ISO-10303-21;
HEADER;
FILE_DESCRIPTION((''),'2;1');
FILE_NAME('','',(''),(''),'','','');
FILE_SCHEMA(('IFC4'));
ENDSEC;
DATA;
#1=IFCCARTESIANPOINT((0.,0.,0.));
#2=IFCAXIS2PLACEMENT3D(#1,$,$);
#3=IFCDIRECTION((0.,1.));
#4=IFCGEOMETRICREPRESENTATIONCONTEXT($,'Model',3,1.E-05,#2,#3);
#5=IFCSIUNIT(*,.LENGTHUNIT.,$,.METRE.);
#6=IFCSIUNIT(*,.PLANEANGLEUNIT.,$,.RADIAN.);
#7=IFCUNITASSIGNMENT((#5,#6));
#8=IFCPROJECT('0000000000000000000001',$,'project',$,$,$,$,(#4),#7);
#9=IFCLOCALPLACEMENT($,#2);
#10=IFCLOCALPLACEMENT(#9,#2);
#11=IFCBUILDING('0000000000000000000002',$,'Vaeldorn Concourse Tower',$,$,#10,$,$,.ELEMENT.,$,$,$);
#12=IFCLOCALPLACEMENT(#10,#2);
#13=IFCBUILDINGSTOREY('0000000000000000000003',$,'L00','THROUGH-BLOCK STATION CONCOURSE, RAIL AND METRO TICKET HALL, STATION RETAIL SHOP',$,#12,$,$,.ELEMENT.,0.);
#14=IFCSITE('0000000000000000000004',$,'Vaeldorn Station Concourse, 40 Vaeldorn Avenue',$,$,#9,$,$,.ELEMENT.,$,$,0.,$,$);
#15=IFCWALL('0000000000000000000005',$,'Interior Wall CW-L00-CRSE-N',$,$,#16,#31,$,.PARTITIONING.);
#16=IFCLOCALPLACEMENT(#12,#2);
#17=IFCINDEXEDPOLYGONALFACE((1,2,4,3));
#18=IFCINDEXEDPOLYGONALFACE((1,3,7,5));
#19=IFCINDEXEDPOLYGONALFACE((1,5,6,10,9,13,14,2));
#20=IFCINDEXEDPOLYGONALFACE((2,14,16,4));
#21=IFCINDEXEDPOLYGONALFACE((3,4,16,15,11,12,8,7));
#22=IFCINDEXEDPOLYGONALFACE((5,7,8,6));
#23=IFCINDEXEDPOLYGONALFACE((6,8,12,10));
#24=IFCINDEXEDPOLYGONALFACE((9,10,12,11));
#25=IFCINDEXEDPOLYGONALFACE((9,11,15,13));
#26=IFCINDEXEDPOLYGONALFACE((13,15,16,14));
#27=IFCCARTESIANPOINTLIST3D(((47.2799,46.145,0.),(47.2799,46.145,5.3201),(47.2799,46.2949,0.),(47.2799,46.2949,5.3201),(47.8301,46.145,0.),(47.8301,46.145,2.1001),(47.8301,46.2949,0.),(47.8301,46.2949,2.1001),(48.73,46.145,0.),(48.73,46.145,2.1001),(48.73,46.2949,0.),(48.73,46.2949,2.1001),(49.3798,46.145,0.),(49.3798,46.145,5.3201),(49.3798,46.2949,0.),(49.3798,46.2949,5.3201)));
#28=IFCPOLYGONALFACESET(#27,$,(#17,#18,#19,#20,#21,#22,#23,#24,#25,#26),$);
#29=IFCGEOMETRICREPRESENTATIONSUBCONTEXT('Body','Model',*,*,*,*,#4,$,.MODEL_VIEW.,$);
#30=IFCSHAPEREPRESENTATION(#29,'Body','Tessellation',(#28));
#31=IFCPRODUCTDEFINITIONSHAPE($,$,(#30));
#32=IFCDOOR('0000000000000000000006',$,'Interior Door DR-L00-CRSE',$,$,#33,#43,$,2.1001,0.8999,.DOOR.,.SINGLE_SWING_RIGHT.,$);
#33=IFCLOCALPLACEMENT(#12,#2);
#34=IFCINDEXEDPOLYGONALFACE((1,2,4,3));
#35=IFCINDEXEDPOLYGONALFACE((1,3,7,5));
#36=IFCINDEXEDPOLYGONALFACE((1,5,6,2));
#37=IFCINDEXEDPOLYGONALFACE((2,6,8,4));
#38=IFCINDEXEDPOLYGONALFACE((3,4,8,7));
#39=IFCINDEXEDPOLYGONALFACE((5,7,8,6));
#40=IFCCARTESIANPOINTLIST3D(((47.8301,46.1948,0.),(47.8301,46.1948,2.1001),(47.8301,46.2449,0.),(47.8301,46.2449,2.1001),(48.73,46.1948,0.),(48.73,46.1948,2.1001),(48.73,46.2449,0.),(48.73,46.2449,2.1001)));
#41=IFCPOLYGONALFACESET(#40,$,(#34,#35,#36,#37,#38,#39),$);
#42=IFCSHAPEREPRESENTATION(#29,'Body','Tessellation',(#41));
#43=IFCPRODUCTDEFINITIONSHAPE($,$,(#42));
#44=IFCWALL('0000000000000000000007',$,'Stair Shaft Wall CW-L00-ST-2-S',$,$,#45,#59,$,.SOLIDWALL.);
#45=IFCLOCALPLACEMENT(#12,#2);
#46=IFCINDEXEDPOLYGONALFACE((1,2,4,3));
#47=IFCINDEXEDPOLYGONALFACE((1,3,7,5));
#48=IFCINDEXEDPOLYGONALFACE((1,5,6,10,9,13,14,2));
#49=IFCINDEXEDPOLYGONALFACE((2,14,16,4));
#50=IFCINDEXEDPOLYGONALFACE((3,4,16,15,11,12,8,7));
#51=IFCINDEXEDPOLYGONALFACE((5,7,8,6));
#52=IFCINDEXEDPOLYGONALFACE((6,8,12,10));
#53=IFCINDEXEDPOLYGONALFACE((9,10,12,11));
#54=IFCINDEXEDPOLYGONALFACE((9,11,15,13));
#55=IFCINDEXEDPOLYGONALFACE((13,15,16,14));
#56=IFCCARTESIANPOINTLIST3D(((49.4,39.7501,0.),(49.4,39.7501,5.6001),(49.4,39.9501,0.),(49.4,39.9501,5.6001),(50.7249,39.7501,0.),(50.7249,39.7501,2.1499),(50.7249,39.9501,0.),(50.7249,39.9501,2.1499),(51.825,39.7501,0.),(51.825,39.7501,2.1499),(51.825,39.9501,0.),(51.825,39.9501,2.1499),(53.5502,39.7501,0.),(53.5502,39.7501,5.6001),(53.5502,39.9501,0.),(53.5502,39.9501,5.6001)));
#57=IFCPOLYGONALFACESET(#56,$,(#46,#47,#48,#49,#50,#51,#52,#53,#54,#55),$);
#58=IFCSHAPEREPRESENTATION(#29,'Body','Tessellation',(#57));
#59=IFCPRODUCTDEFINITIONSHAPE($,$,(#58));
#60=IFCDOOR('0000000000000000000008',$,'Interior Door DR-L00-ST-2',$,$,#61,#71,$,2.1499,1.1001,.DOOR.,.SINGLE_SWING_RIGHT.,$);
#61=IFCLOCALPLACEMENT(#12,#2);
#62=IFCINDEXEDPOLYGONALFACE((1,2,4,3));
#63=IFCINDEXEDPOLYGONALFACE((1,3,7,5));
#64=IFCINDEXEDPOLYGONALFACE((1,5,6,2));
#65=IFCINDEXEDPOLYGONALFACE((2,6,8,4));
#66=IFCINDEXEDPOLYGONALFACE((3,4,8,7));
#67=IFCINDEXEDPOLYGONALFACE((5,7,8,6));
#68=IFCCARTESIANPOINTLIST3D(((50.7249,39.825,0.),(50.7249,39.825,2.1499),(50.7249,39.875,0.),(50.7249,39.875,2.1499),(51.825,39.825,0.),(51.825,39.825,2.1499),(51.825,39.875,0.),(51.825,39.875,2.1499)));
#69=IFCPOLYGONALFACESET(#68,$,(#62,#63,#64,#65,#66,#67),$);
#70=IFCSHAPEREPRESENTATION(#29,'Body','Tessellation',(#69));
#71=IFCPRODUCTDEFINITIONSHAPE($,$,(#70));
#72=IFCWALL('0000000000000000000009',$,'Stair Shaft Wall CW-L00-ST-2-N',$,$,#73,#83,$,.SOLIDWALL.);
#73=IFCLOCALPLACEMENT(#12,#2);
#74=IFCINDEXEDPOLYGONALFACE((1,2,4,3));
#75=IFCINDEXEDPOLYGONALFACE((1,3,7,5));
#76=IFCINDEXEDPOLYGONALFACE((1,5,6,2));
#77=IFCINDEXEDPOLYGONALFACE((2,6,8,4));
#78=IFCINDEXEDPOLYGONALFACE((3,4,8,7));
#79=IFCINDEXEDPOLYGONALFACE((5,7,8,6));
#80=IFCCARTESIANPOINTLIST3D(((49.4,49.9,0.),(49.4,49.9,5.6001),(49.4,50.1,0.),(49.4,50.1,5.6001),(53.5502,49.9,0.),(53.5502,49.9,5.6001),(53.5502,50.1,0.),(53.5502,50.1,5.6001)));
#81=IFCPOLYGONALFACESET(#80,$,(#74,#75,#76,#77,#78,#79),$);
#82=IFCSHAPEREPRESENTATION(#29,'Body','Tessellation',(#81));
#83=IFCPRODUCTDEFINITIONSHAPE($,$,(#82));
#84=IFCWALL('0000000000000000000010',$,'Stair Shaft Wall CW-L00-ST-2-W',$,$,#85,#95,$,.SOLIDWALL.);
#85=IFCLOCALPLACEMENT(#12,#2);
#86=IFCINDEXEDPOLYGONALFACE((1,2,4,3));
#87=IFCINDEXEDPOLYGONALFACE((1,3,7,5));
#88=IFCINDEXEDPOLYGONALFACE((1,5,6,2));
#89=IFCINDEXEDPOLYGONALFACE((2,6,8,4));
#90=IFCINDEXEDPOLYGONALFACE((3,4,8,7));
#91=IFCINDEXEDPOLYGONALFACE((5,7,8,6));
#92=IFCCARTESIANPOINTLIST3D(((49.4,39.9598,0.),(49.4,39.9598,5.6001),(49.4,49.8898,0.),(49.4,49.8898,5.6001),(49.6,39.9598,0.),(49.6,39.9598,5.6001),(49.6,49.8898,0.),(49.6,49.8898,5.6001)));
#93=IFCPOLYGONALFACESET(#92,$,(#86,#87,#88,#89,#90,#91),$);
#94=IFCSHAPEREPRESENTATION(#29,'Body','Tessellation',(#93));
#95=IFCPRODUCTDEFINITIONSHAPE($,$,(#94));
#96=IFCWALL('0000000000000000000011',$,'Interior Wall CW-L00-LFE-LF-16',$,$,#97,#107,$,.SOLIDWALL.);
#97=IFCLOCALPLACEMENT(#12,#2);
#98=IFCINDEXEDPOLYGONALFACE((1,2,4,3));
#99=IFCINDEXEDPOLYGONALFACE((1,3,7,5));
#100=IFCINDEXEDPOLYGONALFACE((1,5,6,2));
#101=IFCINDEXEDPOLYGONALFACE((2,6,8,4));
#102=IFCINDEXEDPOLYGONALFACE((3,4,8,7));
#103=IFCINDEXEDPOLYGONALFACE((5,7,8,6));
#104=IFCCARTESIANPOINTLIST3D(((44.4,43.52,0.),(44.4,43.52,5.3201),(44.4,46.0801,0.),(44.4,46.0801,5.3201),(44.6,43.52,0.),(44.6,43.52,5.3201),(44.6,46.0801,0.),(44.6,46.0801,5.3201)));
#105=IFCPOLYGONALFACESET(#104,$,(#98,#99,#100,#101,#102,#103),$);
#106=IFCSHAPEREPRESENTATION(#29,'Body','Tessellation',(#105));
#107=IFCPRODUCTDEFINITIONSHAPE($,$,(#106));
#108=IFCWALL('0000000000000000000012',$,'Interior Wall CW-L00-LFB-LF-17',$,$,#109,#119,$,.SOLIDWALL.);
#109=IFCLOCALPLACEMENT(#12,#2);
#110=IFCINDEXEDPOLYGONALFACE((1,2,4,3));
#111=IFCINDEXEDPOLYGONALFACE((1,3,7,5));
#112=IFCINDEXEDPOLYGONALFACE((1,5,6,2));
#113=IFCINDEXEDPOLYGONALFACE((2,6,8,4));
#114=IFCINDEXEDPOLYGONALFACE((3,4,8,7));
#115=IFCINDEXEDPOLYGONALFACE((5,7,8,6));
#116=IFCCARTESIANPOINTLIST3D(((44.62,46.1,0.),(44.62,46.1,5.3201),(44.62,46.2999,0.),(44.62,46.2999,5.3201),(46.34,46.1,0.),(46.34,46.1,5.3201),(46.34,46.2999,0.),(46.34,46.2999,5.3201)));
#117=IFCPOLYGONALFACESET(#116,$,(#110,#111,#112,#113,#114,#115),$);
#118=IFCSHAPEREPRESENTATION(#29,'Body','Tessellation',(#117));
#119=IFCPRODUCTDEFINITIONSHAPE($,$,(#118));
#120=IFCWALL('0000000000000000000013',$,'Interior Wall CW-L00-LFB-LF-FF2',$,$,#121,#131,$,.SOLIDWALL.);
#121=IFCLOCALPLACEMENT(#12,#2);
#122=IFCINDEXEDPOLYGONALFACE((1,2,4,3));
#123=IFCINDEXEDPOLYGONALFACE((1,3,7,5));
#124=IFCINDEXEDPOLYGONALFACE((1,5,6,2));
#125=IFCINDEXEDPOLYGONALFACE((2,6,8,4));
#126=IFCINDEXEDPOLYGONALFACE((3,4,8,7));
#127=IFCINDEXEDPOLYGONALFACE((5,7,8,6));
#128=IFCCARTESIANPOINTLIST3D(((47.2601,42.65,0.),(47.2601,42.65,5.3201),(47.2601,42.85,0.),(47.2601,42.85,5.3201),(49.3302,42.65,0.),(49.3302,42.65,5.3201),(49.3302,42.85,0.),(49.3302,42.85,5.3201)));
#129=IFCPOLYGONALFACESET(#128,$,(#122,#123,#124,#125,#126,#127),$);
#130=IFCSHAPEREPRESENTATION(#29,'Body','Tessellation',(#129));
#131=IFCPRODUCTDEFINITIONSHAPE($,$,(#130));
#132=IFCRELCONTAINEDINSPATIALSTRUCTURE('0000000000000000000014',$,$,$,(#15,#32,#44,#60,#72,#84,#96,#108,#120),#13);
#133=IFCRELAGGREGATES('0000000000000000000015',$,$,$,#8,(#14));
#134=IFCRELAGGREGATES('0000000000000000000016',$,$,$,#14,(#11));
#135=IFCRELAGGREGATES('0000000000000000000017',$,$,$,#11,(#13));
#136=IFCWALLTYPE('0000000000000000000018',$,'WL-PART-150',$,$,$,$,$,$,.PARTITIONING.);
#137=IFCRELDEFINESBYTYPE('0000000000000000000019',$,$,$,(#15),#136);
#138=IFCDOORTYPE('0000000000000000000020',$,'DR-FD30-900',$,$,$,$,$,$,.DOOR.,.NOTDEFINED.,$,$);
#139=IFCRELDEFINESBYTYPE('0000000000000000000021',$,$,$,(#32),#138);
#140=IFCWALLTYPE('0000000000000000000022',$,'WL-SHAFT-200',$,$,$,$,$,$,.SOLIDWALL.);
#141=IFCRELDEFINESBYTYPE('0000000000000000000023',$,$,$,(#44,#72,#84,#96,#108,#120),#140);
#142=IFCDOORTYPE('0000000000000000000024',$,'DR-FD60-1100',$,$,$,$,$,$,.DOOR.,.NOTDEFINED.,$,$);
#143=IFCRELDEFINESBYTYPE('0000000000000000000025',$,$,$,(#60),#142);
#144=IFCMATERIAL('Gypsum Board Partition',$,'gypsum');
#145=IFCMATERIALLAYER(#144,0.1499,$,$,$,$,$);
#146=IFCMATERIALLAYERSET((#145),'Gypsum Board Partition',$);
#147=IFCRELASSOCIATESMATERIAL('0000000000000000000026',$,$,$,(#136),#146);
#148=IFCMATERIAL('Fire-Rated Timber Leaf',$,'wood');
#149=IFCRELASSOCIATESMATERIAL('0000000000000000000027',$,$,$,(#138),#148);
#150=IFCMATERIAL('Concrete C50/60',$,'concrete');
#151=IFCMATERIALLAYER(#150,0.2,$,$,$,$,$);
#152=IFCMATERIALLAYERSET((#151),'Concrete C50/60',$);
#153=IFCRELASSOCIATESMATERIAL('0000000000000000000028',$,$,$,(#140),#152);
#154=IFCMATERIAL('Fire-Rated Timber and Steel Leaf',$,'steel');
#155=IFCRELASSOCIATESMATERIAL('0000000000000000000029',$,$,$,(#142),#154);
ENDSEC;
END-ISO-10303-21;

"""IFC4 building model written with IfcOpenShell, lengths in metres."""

from ifc_helpers import new_model, si_unit, direction, frame, frame_2d, origin, place, context, subcontext, project, spatial, rectangle, extrude, source, transform, mapped, material, layer, layer_set, type_object, element, fill, save


model = new_model("IFC4")

# Units and contexts
model_context = context("Model", 3, precision=1e-05, world=origin(), true_north=direction((0.0, 1.0)))
body_context = subcontext(model_context, "Body", "Model", "MODEL_VIEW")
ifc_project = project(units=[si_unit("LENGTHUNIT", "METRE"), si_unit("PLANEANGLEUNIT", "RADIAN")], contexts=[model_context])

# Site, building, storey
site_placement = place(None, origin())
site = spatial("IfcSite", under=ifc_project, at=site_placement, Name="Vaeldorn Station Concourse, 40 Vaeldorn Avenue", CompositionType="ELEMENT", RefElevation=0.0)
building_placement = place(site_placement, origin())
building = spatial("IfcBuilding", under=site, at=building_placement, Name="Vaeldorn Concourse Tower", CompositionType="ELEMENT")
storey_placement = place(building_placement, origin())
storey = spatial("IfcBuildingStorey", under=building, at=storey_placement, Name="L00", Description="THROUGH-BLOCK STATION CONCOURSE, RAIL AND METRO TICKET HALL, STATION RETAIL SHOP", CompositionType="ELEMENT", Elevation=0.0)

# Walls, openings, doors
ifc_material_1 = material(Name="Gypsum Board Partition", Category="gypsum")
ifc_layer_1 = layer(ifc_material_1, 0.1499)
ifc_layer_set_1 = layer_set([ifc_layer_1], Name="Gypsum Board Partition")
wall_type_1 = type_object("IfcWallType", Name="WL-PART-150", PredefinedType="PARTITIONING", material=ifc_layer_set_1)
wall_1_placement = place(storey_placement, frame((47.28, 46.22, 0.0), z_axis=(0.0, 0.0, 1.0), x_axis=(1.0, 0.0, 0.0)))
wall_1 = element("IfcWall", 1, at=wall_1_placement, inside=storey, type_object=wall_type_1, Name="Interior Wall CW-L00-CRSE-N", PredefinedType="PARTITIONING", context=body_context, shape_type="SweptSolid", body=[
    extrude(rectangle(XDim=2.0999, YDim=0.1499, at=frame_2d((1.0498, 0.0))), origin(), (0.0, 0.0, 1.0), 5.3201),
])
opening_1_placement = place(wall_1_placement, frame((0.55, 0.0, 0.0)))
opening_1 = element("IfcOpeningElement", 2, at=opening_1_placement, cuts=wall_1, PredefinedType="OPENING", context=body_context, shape_type="SweptSolid", body=[
    extrude(rectangle(XDim=0.8999, YDim=2.1001, at=frame_2d((0.45, 1.05))), frame((0.0, 0.085, 0.0), z_axis=(0.0, -1.0, 0.0), x_axis=(1.0, 0.0, 0.0)), (0.0, 0.0, 1.0), 0.1699),
])
ifc_material_2 = material(Name="Fire-Rated Timber Leaf", Category="wood")
door_type_1 = type_object("IfcDoorType", Name="DR-FD30-900", OperationType="NOTDEFINED", PredefinedType="DOOR", material=ifc_material_2)
shared_shape_1 = source(origin(), body_context, "Body", "SweptSolid", [
    extrude(rectangle(XDim=0.8999, YDim=2.1001, at=frame_2d((0.45, 1.05))), frame((0.0, 0.0249, 0.0), z_axis=(0.0, -1.0, 0.0), x_axis=(1.0, 0.0, 0.0)), (0.0, 0.0, 1.0), 0.05),
])
door_1_placement = place(opening_1_placement, origin())
door_1 = element("IfcDoor", 3, at=door_1_placement, inside=storey, type_object=door_type_1, Name="Interior Door DR-L00-CRSE", OperationType="SINGLE_SWING_RIGHT", OverallHeight=2.1001, OverallWidth=0.8999, PredefinedType="DOOR", context=body_context, shape_type="MappedRepresentation", body=[
    mapped(shared_shape_1, transform((0.0, 0.0, 0.0), scale=1.0)),
])
fill(opening_1, door_1)
ifc_material_3 = material(Name="Concrete C50/60", Category="concrete")
ifc_layer_2 = layer(ifc_material_3, 0.2)
ifc_layer_set_2 = layer_set([ifc_layer_2], Name="Concrete C50/60")
wall_type_2 = type_object("IfcWallType", Name="WL-SHAFT-200", PredefinedType="SOLIDWALL", material=ifc_layer_set_2)
wall_2_placement = place(storey_placement, frame((49.3999, 39.8501, 0.0), z_axis=(0.0, 0.0, 1.0), x_axis=(1.0, 0.0, 0.0)))
wall_2 = element("IfcWall", 4, at=wall_2_placement, inside=storey, type_object=wall_type_2, Name="Stair Shaft Wall CW-L00-ST-2-S", PredefinedType="SOLIDWALL", context=body_context, shape_type="SweptSolid", body=[
    extrude(rectangle(XDim=4.1501, YDim=0.2, at=frame_2d((2.0752, 0.0))), origin(), (0.0, 0.0, 1.0), 5.6001),
])
opening_2_placement = place(wall_2_placement, frame((1.325, 0.0, 0.0)))
opening_2 = element("IfcOpeningElement", 5, at=opening_2_placement, cuts=wall_2, PredefinedType="OPENING", context=body_context, shape_type="SweptSolid", body=[
    extrude(rectangle(XDim=1.1001, YDim=2.1499, at=frame_2d((0.55, 1.075))), frame((0.0, 0.1099, 0.0), z_axis=(0.0, -1.0, 0.0), x_axis=(1.0, 0.0, 0.0)), (0.0, 0.0, 1.0), 0.22),
])
ifc_material_4 = material(Name="Fire-Rated Timber and Steel Leaf", Category="steel")
door_type_2 = type_object("IfcDoorType", Name="DR-FD60-1100", OperationType="NOTDEFINED", PredefinedType="DOOR", material=ifc_material_4)
shared_shape_2 = source(origin(), body_context, "Body", "SweptSolid", [
    extrude(rectangle(XDim=1.1001, YDim=2.1499, at=frame_2d((0.55, 1.075))), frame((0.0, 0.0249, 0.0), z_axis=(0.0, -1.0, 0.0), x_axis=(1.0, 0.0, 0.0)), (0.0, 0.0, 1.0), 0.05),
])
door_2_placement = place(opening_2_placement, origin())
door_2 = element("IfcDoor", 6, at=door_2_placement, inside=storey, type_object=door_type_2, Name="Interior Door DR-L00-ST-2", OperationType="SINGLE_SWING_RIGHT", OverallHeight=2.1499, OverallWidth=1.1001, PredefinedType="DOOR", context=body_context, shape_type="MappedRepresentation", body=[
    mapped(shared_shape_2, transform((0.0, 0.0, 0.0), scale=1.0)),
])
fill(opening_2, door_2)

# Walls
wall_3_placement = place(storey_placement, frame((49.3999, 50.0, 0.0), z_axis=(0.0, 0.0, 1.0), x_axis=(1.0, 0.0, 0.0)))
element("IfcWall", 7, at=wall_3_placement, inside=storey, type_object=wall_type_2, Name="Stair Shaft Wall CW-L00-ST-2-N", PredefinedType="SOLIDWALL", context=body_context, shape_type="SweptSolid", body=[
    extrude(rectangle(XDim=4.1501, YDim=0.2, at=frame_2d((2.0752, 0.0))), origin(), (0.0, 0.0, 1.0), 5.6001),
])
wall_4_placement = place(storey_placement, frame((49.5, 39.96, 0.0), z_axis=(0.0, 0.0, 1.0), x_axis=(0.0, 1.0, 0.0)))
element("IfcWall", 8, at=wall_4_placement, inside=storey, type_object=wall_type_2, Name="Stair Shaft Wall CW-L00-ST-2-W", PredefinedType="SOLIDWALL", context=body_context, shape_type="SweptSolid", body=[
    extrude(rectangle(XDim=9.9299, YDim=0.2, at=frame_2d((4.9648, 0.0))), origin(), (0.0, 0.0, 1.0), 5.6001),
])
wall_5_placement = place(storey_placement, frame((44.5, 43.52, 0.0), z_axis=(0.0, 0.0, 1.0), x_axis=(0.0, 1.0, 0.0)))
element("IfcWall", 9, at=wall_5_placement, inside=storey, type_object=wall_type_2, Name="Interior Wall CW-L00-LFE-LF-16", PredefinedType="SOLIDWALL", context=body_context, shape_type="SweptSolid", body=[
    extrude(rectangle(XDim=2.5601, YDim=0.2, at=frame_2d((1.28, 0.0))), origin(), (0.0, 0.0, 1.0), 5.3201),
])

# Wall
wall_6_placement = place(storey_placement, frame((44.6201, 46.2, 0.0), z_axis=(0.0, 0.0, 1.0), x_axis=(1.0, 0.0, 0.0)))
element("IfcWall", 10, at=wall_6_placement, inside=storey, type_object=wall_type_2, Name="Interior Wall CW-L00-LFB-LF-17", PredefinedType="SOLIDWALL", context=body_context, shape_type="SweptSolid", body=[
    extrude(rectangle(XDim=1.72, YDim=0.2, at=frame_2d((0.8599, 0.0))), origin(), (0.0, 0.0, 1.0), 5.3201),
])

# Wall
wall_7_placement = place(storey_placement, frame((47.26, 42.75, 0.0), z_axis=(0.0, 0.0, 1.0), x_axis=(1.0, 0.0, 0.0)))
element("IfcWall", 11, at=wall_7_placement, inside=storey, type_object=wall_type_2, Name="Interior Wall CW-L00-LFB-LF-FF2", PredefinedType="SOLIDWALL", context=body_context, shape_type="SweptSolid", body=[
    extrude(rectangle(XDim=2.0701, YDim=0.2, at=frame_2d((1.0352, 0.0))), origin(), (0.0, 0.0, 1.0), 5.3201),
])

save(model, "model.ifc")
